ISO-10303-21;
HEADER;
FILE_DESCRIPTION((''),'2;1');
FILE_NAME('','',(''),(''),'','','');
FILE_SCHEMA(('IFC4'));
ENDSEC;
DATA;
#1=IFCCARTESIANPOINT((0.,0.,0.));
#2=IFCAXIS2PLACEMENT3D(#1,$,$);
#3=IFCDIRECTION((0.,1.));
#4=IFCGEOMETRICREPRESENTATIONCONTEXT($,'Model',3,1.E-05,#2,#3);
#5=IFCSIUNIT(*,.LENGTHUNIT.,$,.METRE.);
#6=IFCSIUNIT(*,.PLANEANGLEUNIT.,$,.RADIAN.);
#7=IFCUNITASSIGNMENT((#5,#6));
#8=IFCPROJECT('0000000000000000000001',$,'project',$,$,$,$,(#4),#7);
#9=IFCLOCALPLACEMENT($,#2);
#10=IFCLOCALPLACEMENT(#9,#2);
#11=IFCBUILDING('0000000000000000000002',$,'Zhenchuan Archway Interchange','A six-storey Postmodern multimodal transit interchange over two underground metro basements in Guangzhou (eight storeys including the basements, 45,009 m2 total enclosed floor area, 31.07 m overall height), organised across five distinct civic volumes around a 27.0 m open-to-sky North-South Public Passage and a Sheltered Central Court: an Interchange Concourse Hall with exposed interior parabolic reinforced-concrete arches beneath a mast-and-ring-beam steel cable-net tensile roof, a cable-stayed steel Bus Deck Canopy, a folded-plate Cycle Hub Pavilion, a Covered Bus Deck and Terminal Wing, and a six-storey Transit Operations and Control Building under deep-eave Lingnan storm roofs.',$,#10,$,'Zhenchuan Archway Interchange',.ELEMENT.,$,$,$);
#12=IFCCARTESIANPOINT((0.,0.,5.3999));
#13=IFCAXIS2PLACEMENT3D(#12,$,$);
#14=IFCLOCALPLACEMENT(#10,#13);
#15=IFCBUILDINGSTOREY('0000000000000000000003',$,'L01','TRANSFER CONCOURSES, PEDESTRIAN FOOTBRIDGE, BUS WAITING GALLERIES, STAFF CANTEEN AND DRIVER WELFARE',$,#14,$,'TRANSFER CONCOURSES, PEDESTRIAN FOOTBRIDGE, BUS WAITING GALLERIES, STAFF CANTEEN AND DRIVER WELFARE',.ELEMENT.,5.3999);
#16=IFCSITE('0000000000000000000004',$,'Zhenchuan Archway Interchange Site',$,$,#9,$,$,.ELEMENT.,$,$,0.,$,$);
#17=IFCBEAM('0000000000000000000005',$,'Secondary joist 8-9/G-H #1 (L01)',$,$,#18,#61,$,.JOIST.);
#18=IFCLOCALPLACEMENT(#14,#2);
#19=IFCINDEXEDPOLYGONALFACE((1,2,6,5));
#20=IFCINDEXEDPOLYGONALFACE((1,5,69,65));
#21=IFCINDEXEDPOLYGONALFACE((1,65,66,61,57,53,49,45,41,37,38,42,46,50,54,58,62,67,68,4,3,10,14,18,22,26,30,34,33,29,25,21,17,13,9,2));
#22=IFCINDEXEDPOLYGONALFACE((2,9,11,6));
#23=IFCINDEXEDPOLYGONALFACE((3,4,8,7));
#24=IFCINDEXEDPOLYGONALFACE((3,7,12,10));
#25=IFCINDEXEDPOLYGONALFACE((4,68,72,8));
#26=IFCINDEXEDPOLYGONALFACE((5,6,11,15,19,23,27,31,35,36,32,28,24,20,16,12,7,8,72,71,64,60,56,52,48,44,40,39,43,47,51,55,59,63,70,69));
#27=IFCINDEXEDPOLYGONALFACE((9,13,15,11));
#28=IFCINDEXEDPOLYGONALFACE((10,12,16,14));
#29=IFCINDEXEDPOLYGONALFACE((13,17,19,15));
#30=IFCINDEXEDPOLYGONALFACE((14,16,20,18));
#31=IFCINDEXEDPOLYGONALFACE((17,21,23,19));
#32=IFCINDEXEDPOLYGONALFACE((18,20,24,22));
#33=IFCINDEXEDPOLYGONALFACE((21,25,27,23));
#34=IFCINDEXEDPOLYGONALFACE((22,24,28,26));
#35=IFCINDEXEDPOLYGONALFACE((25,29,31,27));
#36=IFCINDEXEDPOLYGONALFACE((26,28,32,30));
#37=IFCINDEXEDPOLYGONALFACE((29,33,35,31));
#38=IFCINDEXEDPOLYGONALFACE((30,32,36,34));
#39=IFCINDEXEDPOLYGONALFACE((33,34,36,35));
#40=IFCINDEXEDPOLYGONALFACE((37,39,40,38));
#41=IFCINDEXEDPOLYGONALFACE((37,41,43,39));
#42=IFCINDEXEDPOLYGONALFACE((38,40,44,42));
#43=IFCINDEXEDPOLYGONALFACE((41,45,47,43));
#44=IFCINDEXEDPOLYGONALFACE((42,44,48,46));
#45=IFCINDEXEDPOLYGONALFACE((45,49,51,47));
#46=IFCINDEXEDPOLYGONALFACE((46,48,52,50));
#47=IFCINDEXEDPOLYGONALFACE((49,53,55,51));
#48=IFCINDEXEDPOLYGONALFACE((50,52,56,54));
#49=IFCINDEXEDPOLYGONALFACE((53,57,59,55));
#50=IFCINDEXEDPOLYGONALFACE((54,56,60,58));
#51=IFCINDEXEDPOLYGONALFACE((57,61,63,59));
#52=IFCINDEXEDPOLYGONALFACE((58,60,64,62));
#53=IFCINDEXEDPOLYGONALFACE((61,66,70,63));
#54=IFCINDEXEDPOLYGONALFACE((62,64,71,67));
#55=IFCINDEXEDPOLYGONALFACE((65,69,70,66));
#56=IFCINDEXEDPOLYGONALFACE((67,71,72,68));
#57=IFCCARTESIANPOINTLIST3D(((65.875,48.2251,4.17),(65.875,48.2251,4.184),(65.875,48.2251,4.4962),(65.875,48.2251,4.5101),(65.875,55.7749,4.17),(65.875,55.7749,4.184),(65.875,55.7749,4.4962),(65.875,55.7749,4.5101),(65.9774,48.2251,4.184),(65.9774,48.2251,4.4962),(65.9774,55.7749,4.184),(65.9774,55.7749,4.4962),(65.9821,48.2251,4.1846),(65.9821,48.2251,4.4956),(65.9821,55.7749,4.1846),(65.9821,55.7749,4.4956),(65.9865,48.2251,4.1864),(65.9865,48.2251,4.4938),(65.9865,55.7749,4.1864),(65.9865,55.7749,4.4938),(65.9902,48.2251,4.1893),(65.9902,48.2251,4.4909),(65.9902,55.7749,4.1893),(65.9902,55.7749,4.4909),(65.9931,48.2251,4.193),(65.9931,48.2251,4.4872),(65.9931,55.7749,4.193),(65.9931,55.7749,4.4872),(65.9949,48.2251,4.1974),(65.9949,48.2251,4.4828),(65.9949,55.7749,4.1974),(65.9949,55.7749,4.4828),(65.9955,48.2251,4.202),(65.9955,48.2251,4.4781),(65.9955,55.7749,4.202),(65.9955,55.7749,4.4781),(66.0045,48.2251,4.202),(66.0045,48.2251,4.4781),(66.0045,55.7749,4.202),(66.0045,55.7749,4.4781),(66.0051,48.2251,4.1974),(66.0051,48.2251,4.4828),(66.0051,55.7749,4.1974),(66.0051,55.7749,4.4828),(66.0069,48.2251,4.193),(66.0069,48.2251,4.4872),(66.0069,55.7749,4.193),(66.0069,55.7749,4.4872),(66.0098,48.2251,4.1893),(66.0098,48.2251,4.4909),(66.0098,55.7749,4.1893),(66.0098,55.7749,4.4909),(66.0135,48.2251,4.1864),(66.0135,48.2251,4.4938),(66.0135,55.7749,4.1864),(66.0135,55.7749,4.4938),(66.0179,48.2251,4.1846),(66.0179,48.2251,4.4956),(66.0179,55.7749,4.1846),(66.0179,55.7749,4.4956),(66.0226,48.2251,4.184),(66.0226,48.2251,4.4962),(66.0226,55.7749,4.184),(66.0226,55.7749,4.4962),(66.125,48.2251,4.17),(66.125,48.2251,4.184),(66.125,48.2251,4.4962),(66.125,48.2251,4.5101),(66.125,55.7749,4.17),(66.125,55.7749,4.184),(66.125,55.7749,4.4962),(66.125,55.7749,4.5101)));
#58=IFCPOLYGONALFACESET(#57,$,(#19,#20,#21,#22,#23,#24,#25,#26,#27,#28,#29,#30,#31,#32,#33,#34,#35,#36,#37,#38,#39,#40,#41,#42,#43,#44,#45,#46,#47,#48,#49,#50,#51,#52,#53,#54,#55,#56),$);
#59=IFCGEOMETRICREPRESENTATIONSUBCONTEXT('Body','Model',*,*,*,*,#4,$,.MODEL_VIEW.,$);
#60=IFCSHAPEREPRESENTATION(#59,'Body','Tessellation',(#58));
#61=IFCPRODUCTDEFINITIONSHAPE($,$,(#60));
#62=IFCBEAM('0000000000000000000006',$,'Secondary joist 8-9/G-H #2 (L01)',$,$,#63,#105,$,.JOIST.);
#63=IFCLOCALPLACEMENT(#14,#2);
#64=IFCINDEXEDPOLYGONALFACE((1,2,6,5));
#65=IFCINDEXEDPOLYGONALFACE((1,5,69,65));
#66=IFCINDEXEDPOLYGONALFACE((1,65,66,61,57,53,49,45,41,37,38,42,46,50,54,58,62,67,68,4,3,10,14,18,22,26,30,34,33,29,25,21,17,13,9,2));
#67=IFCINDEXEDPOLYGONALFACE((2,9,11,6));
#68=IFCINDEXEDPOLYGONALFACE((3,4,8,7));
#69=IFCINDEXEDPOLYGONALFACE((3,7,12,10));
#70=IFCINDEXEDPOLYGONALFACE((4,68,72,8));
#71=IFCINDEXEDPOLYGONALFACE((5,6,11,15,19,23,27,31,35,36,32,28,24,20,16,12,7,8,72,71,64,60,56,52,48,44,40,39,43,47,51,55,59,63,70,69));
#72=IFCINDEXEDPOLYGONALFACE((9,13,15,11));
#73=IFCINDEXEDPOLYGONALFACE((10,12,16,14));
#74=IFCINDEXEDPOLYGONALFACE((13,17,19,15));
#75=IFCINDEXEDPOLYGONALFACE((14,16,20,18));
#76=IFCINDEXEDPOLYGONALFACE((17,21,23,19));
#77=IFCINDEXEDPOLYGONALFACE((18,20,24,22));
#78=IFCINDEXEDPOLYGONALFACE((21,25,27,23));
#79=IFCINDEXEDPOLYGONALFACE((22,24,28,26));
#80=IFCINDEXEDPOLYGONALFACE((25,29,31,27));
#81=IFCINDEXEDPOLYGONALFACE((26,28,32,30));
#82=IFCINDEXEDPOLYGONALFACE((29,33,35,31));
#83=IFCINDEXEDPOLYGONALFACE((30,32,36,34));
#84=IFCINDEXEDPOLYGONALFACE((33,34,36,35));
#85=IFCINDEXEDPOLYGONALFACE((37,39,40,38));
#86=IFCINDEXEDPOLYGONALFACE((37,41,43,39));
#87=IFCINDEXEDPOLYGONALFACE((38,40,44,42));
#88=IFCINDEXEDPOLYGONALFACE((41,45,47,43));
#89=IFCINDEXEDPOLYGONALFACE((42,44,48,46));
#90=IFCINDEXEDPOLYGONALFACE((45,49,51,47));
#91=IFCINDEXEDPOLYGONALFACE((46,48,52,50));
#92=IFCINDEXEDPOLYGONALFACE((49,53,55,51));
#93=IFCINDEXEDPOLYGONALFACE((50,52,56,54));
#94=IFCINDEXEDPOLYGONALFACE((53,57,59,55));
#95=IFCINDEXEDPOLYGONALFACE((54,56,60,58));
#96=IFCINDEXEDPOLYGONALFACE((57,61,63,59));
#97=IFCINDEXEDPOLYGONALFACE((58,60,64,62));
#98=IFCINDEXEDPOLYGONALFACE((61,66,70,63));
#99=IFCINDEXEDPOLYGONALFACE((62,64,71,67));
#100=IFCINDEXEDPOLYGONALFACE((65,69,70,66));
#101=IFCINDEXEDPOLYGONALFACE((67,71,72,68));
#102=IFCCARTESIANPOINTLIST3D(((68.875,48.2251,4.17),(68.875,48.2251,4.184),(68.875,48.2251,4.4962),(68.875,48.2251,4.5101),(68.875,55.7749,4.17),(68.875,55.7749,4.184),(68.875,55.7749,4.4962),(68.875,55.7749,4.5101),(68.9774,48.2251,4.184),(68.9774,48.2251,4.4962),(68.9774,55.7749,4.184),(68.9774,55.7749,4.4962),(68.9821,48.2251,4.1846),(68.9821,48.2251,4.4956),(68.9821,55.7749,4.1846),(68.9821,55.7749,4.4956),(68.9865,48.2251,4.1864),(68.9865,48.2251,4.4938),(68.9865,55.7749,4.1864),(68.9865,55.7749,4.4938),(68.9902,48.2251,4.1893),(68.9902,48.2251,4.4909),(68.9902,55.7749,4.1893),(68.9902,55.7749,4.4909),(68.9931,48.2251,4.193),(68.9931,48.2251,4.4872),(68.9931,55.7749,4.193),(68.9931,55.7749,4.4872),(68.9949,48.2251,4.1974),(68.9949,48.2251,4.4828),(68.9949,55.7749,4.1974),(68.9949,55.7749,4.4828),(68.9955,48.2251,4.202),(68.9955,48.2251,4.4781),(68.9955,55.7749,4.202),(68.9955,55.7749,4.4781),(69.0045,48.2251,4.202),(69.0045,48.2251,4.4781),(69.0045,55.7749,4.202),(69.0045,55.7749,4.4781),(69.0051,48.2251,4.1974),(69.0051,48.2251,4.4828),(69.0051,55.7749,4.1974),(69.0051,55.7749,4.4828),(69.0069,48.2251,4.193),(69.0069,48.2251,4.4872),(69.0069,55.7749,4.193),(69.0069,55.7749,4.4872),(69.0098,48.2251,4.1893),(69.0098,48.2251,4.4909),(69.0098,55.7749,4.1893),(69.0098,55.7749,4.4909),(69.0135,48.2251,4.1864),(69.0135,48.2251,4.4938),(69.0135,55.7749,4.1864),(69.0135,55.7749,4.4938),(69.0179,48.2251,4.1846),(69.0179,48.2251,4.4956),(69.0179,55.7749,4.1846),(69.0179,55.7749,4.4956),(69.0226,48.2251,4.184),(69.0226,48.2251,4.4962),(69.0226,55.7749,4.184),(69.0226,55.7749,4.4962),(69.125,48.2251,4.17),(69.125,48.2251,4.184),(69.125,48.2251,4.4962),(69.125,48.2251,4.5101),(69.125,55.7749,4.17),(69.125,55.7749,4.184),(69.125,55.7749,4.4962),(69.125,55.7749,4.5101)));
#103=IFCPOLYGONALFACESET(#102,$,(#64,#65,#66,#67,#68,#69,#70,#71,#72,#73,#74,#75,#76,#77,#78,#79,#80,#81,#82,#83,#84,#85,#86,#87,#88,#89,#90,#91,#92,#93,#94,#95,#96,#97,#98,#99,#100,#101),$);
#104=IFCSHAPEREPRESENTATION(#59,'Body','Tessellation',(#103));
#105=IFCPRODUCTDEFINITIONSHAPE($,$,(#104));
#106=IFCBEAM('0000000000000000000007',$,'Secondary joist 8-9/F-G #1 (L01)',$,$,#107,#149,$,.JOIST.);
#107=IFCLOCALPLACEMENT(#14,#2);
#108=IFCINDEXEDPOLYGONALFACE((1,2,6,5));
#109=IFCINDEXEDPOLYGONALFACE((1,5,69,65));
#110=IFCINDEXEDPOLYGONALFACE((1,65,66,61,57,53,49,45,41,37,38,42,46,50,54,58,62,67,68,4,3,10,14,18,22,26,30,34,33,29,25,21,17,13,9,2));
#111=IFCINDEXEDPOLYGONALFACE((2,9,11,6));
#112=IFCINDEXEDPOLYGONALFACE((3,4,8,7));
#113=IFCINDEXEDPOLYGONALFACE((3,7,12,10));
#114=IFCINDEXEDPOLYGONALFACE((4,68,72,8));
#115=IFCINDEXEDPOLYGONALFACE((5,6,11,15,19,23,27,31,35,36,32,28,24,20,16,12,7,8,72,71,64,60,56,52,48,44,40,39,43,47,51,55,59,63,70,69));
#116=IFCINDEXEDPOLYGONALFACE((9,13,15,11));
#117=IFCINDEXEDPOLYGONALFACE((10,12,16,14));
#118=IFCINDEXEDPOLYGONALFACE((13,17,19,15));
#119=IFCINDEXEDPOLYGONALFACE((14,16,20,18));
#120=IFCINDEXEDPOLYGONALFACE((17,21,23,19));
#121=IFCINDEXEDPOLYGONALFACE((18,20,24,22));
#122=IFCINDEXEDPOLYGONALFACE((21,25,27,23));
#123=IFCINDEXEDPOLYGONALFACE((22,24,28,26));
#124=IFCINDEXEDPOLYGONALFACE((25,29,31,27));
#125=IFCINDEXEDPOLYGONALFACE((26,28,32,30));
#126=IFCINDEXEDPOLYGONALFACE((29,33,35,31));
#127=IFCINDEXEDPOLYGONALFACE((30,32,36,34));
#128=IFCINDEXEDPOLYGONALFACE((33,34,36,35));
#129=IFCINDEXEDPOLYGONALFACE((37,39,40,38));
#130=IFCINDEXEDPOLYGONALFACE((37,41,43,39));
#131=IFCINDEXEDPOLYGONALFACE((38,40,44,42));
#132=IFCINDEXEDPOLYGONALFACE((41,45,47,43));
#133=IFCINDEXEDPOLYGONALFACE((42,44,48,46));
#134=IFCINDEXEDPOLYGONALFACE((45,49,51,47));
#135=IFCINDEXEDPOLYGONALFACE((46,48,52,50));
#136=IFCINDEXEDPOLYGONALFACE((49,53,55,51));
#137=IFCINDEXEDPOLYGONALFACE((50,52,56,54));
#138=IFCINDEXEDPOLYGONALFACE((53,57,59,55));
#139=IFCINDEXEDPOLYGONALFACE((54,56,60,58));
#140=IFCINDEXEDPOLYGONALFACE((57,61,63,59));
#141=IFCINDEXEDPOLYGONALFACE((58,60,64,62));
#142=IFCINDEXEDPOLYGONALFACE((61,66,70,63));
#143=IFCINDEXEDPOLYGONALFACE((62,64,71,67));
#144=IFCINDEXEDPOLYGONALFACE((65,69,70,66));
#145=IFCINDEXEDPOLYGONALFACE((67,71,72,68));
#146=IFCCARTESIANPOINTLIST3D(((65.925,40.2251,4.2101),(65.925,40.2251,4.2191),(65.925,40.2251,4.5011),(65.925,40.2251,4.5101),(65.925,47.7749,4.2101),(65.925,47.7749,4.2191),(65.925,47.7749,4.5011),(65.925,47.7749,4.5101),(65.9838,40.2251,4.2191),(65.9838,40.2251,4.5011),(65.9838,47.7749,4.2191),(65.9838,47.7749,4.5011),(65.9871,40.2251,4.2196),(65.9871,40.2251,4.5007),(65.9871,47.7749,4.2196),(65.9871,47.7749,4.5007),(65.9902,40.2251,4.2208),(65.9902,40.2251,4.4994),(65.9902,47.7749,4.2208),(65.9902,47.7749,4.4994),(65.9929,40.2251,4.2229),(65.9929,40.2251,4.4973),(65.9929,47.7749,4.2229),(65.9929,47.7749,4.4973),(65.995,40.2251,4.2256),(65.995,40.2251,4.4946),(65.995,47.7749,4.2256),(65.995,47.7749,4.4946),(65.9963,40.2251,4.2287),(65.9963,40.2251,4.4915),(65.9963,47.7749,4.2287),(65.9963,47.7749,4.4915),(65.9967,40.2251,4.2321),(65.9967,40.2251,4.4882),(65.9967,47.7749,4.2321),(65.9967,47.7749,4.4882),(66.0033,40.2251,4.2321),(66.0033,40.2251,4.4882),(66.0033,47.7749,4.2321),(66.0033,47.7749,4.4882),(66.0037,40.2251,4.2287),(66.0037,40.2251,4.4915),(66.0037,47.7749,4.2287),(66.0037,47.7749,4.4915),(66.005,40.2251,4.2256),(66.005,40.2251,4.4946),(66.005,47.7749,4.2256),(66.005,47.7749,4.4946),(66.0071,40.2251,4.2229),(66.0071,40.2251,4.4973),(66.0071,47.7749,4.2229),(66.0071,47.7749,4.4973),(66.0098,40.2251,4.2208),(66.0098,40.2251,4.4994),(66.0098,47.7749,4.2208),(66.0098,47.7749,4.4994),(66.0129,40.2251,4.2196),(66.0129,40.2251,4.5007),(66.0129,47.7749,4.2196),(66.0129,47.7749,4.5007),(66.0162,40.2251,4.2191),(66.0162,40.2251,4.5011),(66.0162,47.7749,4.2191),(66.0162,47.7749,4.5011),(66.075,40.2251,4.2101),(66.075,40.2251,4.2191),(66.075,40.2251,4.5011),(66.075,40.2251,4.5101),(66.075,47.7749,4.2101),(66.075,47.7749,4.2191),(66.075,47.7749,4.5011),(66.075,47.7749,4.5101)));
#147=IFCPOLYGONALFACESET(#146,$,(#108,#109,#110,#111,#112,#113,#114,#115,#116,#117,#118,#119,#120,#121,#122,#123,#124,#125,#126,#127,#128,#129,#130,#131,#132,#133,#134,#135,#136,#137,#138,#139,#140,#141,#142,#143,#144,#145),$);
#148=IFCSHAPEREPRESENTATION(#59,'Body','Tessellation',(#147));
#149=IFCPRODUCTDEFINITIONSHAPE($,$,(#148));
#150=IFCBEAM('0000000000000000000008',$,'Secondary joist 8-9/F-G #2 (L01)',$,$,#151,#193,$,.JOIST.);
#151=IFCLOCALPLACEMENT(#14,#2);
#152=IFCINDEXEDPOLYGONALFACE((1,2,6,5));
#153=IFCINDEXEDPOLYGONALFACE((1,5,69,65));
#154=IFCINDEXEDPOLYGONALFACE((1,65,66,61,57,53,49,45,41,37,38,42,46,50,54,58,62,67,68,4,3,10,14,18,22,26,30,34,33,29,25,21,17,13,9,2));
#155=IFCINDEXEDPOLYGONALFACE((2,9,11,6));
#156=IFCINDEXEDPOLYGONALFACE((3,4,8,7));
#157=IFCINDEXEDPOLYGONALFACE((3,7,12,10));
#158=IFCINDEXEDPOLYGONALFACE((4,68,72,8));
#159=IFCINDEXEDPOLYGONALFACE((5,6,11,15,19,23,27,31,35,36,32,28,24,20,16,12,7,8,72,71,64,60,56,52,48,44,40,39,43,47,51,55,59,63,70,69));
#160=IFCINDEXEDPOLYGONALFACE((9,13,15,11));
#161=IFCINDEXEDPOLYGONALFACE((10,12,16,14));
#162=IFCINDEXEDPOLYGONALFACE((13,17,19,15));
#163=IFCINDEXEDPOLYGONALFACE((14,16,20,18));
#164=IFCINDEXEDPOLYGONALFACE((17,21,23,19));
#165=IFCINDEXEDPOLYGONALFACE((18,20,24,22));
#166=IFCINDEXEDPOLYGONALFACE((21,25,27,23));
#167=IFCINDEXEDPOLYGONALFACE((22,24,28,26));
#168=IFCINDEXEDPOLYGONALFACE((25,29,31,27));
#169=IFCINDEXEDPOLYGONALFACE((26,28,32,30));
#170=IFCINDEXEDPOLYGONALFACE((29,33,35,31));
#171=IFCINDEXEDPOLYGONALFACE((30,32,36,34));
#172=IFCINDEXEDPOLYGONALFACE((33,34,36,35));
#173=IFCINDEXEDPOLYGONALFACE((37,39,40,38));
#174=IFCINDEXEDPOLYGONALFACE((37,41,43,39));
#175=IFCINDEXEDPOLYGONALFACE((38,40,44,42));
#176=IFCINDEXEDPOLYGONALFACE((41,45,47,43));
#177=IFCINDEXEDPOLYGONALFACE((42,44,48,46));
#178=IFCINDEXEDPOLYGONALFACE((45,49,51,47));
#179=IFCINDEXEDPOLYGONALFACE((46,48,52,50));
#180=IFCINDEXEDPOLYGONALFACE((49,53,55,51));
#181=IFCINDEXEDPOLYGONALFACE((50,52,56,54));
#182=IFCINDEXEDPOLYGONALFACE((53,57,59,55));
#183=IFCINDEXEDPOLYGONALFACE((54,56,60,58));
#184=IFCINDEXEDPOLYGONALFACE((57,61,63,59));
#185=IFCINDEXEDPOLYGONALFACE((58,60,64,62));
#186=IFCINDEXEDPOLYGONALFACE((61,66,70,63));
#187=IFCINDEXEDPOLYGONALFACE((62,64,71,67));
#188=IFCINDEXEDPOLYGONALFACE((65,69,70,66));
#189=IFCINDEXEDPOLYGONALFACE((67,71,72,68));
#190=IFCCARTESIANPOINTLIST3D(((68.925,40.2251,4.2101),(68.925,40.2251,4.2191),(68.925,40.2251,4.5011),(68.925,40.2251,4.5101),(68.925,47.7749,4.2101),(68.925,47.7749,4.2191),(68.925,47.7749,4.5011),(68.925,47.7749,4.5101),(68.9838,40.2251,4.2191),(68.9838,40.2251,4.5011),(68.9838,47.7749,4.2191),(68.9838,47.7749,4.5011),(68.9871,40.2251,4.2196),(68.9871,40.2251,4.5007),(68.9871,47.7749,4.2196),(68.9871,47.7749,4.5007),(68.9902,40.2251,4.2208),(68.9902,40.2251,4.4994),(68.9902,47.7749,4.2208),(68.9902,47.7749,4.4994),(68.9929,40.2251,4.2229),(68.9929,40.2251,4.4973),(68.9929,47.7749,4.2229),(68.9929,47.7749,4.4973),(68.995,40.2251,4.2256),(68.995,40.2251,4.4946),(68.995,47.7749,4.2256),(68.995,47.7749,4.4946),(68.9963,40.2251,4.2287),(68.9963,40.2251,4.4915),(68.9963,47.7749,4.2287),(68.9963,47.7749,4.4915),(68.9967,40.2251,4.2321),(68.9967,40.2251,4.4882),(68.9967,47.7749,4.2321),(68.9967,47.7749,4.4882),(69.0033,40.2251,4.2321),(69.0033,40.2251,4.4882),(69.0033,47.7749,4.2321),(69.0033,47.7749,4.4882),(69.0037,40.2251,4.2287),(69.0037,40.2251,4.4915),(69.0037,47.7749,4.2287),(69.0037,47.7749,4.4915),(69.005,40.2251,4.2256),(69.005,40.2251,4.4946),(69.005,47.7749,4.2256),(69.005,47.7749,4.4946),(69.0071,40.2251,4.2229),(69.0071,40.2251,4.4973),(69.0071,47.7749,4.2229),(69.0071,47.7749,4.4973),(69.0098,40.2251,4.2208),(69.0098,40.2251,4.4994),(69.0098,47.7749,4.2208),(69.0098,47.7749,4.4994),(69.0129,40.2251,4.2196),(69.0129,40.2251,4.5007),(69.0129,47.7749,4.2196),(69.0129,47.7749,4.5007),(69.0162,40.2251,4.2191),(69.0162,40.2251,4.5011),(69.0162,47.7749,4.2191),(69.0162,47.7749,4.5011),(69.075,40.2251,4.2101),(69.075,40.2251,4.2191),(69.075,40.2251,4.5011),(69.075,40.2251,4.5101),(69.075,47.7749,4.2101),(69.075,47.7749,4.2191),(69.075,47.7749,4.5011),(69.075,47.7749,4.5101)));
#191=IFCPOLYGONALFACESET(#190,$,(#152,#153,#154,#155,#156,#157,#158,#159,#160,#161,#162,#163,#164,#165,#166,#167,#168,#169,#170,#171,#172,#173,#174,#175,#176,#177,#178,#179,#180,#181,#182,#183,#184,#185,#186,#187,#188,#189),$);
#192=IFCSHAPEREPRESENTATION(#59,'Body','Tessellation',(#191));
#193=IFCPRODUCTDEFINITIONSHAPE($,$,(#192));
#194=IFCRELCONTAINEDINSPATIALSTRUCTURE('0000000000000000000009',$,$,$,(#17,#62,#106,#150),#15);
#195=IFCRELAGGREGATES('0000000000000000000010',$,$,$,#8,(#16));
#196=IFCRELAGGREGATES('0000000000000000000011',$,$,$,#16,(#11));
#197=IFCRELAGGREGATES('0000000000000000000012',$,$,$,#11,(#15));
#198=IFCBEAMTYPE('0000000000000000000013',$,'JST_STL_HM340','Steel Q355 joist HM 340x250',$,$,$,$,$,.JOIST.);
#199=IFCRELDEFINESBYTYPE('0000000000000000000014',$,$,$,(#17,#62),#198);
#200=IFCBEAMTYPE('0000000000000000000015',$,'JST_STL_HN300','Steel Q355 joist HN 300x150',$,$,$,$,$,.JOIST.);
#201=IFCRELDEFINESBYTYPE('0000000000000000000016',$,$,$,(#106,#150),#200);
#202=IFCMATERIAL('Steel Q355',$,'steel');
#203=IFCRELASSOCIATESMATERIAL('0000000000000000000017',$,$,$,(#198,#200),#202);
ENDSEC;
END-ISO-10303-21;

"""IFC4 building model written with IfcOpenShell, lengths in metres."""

from ifc_helpers import new_model, si_unit, direction, frame, origin, origin_2d, place, context, subcontext, project, spatial, i_section, extrude, material, material_profile, profile_set, type_object, element, save


model = new_model("IFC4")

# Units and contexts
model_context = context("Model", 3, precision=1e-05, world=origin(), true_north=direction((0.0, 1.0)))
body_context = subcontext(model_context, "Body", "Model", "MODEL_VIEW")
ifc_project = project(units=[si_unit("LENGTHUNIT", "METRE"), si_unit("PLANEANGLEUNIT", "RADIAN")], contexts=[model_context])

# Site, building, storey
site_placement = place(None, origin())
site = spatial("IfcSite", under=ifc_project, at=site_placement, Name="Zhenchuan Archway Interchange Site", CompositionType="ELEMENT", RefElevation=0.0)
building_placement = place(site_placement, origin())
building = spatial("IfcBuilding", under=site, at=building_placement, Name="Zhenchuan Archway Interchange", Description="A six-storey Postmodern multimodal transit interchange over two underground metro basements in Guangzhou (eight storeys including the basements, 45,009 m2 total enclosed floor area, 31.07 m overall height), organised across five distinct civic volumes around a 27.0 m open-to-sky North-South Public Passage and a Sheltered Central Court: an Interchange Concourse Hall with exposed interior parabolic reinforced-concrete arches beneath a mast-and-ring-beam steel cable-net tensile roof, a cable-stayed steel Bus Deck Canopy, a folded-plate Cycle Hub Pavilion, a Covered Bus Deck and Terminal Wing, and a six-storey Transit Operations and Control Building under deep-eave Lingnan storm roofs.", LongName="Zhenchuan Archway Interchange", CompositionType="ELEMENT")
storey_placement = place(building_placement, frame((0.0, 0.0, 5.3999)))
storey = spatial("IfcBuildingStorey", under=building, at=storey_placement, Name="L01", Description="TRANSFER CONCOURSES, PEDESTRIAN FOOTBRIDGE, BUS WAITING GALLERIES, STAFF CANTEEN AND DRIVER WELFARE", LongName="TRANSFER CONCOURSES, PEDESTRIAN FOOTBRIDGE, BUS WAITING GALLERIES, STAFF CANTEEN AND DRIVER WELFARE", CompositionType="ELEMENT", Elevation=5.3999)

# Beams
ifc_material_1 = material(Name="Steel Q355", Category="steel")
ifc_material_profile_1 = material_profile(ifc_material_1, i_section(OverallWidth=0.25, OverallDepth=0.3401, WebThickness=0.009, FlangeThickness=0.0139, FilletRadius=0.0181, at=origin_2d()), Name="HM 340x250")
ifc_profile_set_1 = profile_set([ifc_material_profile_1], Name="Steel Q355")
beam_type_1 = type_object("IfcBeamType", Name="JST_STL_HM340", Description="Steel Q355 joist HM 340x250", PredefinedType="JOIST", material=ifc_profile_set_1)
for number, where, z_axis, x_axis, name in (
    (1, (66.0, 48.2251, 4.3401), (0.0, 1.0, 0.0), (-1.0, 0.0, 0.0), "Secondary joist 8-9/G-H #1 (L01)"),
    (2, (69.0, 48.2251, 4.3401), (0.0, 1.0, 0.0), (-1.0, 0.0, 0.0), "Secondary joist 8-9/G-H #2 (L01)"),
):
    element("IfcBeam", number, at=place(storey_placement, frame(where, z_axis=z_axis, x_axis=x_axis)), inside=storey, type_object=beam_type_1, Name=name, PredefinedType="JOIST", context=body_context, shape_type="SweptSolid", body=[
        extrude(i_section(OverallWidth=0.25, OverallDepth=0.3401, WebThickness=0.009, FlangeThickness=0.0139, FilletRadius=0.0181, at=origin_2d()), origin(), (0.0, 0.0, 1.0), 7.5498),
    ])
ifc_material_profile_2 = material_profile(ifc_material_1, i_section(OverallWidth=0.1499, OverallDepth=0.3, WebThickness=0.0066, FlangeThickness=0.009, FilletRadius=0.0129, at=origin_2d()), Name="HN 300x150")
ifc_profile_set_2 = profile_set([ifc_material_profile_2], Name="Steel Q355")
beam_type_2 = type_object("IfcBeamType", Name="JST_STL_HN300", Description="Steel Q355 joist HN 300x150", PredefinedType="JOIST", material=ifc_profile_set_2)
for number, where, z_axis, x_axis, name in (
    (3, (66.0, 40.2251, 4.3601), (0.0, 1.0, 0.0), (-1.0, 0.0, 0.0), "Secondary joist 8-9/F-G #1 (L01)"),
    (4, (69.0, 40.2251, 4.3601), (0.0, 1.0, 0.0), (-1.0, 0.0, 0.0), "Secondary joist 8-9/F-G #2 (L01)"),
):
    element("IfcBeam", number, at=place(storey_placement, frame(where, z_axis=z_axis, x_axis=x_axis)), inside=storey, type_object=beam_type_2, Name=name, PredefinedType="JOIST", context=body_context, shape_type="SweptSolid", body=[
        extrude(i_section(OverallWidth=0.1499, OverallDepth=0.3, WebThickness=0.0066, FlangeThickness=0.009, FilletRadius=0.0129, at=origin_2d()), origin(), (0.0, 0.0, 1.0), 7.5498),
    ])

save(model, "model.ifc")
